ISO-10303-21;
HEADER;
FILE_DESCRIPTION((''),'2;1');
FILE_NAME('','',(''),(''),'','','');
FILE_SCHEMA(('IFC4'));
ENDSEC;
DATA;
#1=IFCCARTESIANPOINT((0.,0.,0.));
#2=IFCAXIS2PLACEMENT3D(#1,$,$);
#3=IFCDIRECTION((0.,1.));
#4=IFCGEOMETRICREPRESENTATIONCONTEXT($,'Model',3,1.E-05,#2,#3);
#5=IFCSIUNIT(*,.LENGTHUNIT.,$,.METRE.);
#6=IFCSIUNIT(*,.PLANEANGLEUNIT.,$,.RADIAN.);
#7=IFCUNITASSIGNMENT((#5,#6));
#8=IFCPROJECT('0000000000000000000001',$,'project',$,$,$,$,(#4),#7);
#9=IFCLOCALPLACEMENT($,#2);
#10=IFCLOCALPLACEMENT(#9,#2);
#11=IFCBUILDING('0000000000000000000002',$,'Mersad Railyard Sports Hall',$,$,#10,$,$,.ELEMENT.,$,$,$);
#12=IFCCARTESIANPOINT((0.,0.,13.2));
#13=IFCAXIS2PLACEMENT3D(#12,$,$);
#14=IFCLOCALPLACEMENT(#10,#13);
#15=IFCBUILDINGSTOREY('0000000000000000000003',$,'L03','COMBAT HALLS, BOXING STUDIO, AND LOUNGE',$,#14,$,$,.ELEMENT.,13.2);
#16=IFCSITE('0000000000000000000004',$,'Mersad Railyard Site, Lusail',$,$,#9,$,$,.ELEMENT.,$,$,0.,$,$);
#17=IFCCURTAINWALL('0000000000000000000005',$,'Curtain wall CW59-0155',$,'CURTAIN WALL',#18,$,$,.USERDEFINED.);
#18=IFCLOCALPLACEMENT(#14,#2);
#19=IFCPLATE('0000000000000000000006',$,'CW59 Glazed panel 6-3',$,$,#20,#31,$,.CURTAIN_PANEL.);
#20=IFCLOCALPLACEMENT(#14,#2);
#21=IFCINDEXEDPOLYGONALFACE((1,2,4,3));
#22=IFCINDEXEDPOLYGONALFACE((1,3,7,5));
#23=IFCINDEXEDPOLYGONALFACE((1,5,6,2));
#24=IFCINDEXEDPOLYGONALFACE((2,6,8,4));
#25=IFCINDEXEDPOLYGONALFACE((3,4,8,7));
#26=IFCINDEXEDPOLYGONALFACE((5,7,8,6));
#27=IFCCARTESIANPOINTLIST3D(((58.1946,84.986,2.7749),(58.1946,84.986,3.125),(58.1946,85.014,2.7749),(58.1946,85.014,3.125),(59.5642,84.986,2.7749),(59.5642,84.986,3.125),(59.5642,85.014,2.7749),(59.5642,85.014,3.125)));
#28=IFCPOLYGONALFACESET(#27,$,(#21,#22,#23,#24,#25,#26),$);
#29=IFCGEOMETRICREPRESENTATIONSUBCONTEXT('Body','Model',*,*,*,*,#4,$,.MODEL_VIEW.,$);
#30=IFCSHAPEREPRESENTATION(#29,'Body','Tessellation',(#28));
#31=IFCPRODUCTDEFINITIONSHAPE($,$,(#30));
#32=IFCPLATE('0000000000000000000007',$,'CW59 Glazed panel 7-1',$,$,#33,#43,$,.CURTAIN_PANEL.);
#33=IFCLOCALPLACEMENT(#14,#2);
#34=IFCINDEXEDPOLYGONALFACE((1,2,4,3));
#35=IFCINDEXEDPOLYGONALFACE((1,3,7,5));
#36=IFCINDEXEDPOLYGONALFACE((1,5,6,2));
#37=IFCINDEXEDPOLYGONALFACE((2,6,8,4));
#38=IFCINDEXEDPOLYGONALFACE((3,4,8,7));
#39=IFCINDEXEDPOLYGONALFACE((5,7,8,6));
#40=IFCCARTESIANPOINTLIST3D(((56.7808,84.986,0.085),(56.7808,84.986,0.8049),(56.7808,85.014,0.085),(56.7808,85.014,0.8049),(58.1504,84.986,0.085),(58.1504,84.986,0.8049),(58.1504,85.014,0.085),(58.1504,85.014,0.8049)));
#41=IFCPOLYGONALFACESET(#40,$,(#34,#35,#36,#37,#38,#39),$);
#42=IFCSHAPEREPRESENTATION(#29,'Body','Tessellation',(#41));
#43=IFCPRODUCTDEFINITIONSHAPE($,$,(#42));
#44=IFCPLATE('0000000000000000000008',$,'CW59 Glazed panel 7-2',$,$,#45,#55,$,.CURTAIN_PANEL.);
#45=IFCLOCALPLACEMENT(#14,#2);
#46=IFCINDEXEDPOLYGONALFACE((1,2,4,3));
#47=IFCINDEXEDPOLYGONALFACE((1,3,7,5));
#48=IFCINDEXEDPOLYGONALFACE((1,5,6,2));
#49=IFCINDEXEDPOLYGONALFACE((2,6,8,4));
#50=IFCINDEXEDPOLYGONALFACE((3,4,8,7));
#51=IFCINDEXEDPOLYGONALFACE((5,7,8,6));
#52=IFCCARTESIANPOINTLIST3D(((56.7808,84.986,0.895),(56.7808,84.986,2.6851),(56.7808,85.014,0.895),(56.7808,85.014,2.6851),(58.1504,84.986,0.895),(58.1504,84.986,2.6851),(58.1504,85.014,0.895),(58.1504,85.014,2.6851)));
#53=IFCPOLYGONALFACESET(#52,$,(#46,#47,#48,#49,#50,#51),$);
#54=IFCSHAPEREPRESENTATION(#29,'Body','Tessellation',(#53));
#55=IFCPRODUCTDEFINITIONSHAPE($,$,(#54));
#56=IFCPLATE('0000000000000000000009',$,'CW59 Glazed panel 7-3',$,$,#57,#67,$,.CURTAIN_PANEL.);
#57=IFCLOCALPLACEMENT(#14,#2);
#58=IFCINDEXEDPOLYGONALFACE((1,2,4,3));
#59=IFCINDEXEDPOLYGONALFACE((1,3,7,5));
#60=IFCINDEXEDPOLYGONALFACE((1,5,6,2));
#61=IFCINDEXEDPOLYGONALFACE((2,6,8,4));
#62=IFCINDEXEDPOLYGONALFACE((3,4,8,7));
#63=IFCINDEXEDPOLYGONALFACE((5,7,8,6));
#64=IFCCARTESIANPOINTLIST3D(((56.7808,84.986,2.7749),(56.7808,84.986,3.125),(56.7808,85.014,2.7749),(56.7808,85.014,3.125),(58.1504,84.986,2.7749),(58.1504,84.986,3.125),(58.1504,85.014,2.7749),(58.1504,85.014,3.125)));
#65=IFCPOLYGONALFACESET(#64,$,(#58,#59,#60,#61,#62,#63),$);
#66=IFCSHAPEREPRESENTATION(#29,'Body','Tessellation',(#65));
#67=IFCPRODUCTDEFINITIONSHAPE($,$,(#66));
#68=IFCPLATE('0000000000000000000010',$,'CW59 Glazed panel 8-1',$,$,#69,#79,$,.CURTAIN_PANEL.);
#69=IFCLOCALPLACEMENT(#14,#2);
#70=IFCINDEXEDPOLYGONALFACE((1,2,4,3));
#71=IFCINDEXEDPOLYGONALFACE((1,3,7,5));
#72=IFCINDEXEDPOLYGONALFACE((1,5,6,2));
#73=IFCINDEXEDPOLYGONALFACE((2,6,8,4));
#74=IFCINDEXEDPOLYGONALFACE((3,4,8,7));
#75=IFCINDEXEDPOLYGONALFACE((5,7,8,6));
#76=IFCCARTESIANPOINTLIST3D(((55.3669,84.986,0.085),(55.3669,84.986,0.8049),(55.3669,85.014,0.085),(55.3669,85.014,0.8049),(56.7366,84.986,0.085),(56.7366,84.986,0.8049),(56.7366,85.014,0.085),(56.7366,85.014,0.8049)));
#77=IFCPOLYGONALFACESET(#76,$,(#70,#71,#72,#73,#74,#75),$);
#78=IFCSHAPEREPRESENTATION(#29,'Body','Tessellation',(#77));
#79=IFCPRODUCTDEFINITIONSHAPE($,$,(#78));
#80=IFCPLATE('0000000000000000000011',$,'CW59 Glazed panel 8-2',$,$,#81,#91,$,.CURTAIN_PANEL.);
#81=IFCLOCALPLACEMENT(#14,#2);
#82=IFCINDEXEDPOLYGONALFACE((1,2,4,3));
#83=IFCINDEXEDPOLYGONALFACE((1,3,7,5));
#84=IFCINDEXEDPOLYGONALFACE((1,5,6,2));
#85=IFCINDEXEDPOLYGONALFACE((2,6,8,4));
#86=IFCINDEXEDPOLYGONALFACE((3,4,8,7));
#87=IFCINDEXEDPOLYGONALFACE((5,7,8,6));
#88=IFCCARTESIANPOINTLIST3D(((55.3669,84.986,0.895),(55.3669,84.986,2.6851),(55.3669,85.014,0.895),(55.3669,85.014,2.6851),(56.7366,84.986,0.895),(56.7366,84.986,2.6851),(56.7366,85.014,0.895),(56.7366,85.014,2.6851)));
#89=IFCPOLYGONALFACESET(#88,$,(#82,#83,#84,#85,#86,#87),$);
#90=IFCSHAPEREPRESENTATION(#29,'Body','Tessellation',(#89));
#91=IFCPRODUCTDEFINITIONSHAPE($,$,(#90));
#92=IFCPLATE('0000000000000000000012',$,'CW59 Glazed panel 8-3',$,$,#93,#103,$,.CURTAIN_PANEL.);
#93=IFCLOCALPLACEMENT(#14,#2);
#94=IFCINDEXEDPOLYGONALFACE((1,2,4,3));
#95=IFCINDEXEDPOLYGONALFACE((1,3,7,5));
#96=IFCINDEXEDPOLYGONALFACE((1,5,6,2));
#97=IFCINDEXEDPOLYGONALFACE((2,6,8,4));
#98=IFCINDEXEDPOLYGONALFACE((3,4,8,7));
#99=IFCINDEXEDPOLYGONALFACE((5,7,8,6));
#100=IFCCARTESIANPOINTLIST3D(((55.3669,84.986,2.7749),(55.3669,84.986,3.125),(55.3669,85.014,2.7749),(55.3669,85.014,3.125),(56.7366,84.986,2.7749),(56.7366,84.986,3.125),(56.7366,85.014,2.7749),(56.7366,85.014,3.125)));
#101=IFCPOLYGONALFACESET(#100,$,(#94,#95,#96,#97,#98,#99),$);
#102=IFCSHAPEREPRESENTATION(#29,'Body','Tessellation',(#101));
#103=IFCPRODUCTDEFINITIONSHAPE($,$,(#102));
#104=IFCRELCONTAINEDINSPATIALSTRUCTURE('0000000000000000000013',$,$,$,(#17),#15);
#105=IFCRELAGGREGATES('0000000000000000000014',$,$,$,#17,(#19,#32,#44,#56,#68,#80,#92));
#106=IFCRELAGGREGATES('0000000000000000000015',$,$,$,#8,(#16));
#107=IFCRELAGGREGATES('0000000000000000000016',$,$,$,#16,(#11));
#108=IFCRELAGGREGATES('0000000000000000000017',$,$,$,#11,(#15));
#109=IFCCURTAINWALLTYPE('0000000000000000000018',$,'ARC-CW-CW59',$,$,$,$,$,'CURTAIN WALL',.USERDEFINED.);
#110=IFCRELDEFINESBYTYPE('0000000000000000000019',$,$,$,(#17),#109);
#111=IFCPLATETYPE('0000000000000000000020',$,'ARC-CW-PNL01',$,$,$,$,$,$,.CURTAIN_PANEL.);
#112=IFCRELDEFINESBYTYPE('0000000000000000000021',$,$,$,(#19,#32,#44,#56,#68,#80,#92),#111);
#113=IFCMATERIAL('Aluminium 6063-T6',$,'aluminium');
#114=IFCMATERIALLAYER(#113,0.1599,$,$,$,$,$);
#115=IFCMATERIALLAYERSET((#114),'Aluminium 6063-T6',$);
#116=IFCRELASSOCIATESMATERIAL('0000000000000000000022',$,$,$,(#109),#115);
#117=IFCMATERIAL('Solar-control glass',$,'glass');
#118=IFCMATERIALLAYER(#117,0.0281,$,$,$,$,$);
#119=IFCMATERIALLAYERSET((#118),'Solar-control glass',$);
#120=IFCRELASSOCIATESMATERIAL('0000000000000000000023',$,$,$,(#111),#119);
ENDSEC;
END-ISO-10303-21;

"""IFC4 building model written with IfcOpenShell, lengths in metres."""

from ifc_helpers import new_model, si_unit, direction, frame, origin, origin_2d, place, context, subcontext, project, spatial, rectangle, extrude, material, layer, layer_set, type_object, element, aggregate, save


model = new_model("IFC4")

# Units and contexts
model_context = context("Model", 3, precision=1e-05, world=origin(), true_north=direction((0.0, 1.0)))
body_context = subcontext(model_context, "Body", "Model", "MODEL_VIEW")
ifc_project = project(units=[si_unit("LENGTHUNIT", "METRE"), si_unit("PLANEANGLEUNIT", "RADIAN")], contexts=[model_context])

# Site, building, storey
site_placement = place(None, origin())
site = spatial("IfcSite", under=ifc_project, at=site_placement, Name="Mersad Railyard Site, Lusail", CompositionType="ELEMENT", RefElevation=0.0)
building_placement = place(site_placement, origin())
building = spatial("IfcBuilding", under=site, at=building_placement, Name="Mersad Railyard Sports Hall", CompositionType="ELEMENT")
storey_placement = place(building_placement, frame((0.0, 0.0, 13.2)))
storey = spatial("IfcBuildingStorey", under=building, at=storey_placement, Name="L03", Description="COMBAT HALLS, BOXING STUDIO, AND LOUNGE", CompositionType="ELEMENT", Elevation=13.2)

# Curtain wall
ifc_material_1 = material(Name="Aluminium 6063-T6", Category="aluminium")
ifc_layer_1 = layer(ifc_material_1, 0.1599)
ifc_layer_set_1 = layer_set([ifc_layer_1], Name="Aluminium 6063-T6")
curtain_wall_type = type_object("IfcCurtainWallType", Name="ARC-CW-CW59", ElementType="CURTAIN WALL", PredefinedType="USERDEFINED", material=ifc_layer_set_1)
curtain_wall_placement = place(storey_placement, origin())
curtain_wall = element("IfcCurtainWall", 1, at=curtain_wall_placement, inside=storey, type_object=curtain_wall_type, Name="Curtain wall CW59-0155", ObjectType="CURTAIN WALL", PredefinedType="USERDEFINED")

# Plates
ifc_material_2 = material(Name="Solar-control glass", Category="glass")
ifc_layer_2 = layer(ifc_material_2, 0.0281)
ifc_layer_set_2 = layer_set([ifc_layer_2], Name="Solar-control glass")
plate_type = type_object("IfcPlateType", Name="ARC-CW-PNL01", PredefinedType="CURTAIN_PANEL", material=ifc_layer_set_2)
plate_1_placement = place(storey_placement, frame((58.8794, 85.0, 2.7749), z_axis=(0.0, 0.0, 1.0), x_axis=(-1.0, 0.0, 0.0)))
plate_1 = element("IfcPlate", 2, at=plate_1_placement, type_object=plate_type, Name="CW59 Glazed panel 6-3", PredefinedType="CURTAIN_PANEL", context=body_context, shape_type="SweptSolid", body=[
    extrude(rectangle(XDim=1.3696, YDim=0.0281, at=origin_2d()), origin(), (0.0, 0.0, 1.0), 0.3501),
])
plate_2_placement = place(storey_placement, frame((57.4656, 85.0, 0.085), z_axis=(0.0, 0.0, 1.0), x_axis=(-1.0, 0.0, 0.0)))
plate_2 = element("IfcPlate", 3, at=plate_2_placement, type_object=plate_type, Name="CW59 Glazed panel 7-1", PredefinedType="CURTAIN_PANEL", context=body_context, shape_type="SweptSolid", body=[
    extrude(rectangle(XDim=1.3696, YDim=0.0281, at=origin_2d()), origin(), (0.0, 0.0, 1.0), 0.72),
])
plate_3_placement = place(storey_placement, frame((57.4656, 85.0, 0.895), z_axis=(0.0, 0.0, 1.0), x_axis=(-1.0, 0.0, 0.0)))
plate_3 = element("IfcPlate", 4, at=plate_3_placement, type_object=plate_type, Name="CW59 Glazed panel 7-2", PredefinedType="CURTAIN_PANEL", context=body_context, shape_type="SweptSolid", body=[
    extrude(rectangle(XDim=1.3696, YDim=0.0281, at=origin_2d()), origin(), (0.0, 0.0, 1.0), 1.79),
])
plate_4_placement = place(storey_placement, frame((57.4656, 85.0, 2.7749), z_axis=(0.0, 0.0, 1.0), x_axis=(-1.0, 0.0, 0.0)))
plate_4 = element("IfcPlate", 5, at=plate_4_placement, type_object=plate_type, Name="CW59 Glazed panel 7-3", PredefinedType="CURTAIN_PANEL", context=body_context, shape_type="SweptSolid", body=[
    extrude(rectangle(XDim=1.3696, YDim=0.0281, at=origin_2d()), origin(), (0.0, 0.0, 1.0), 0.3501),
])
plate_5_placement = place(storey_placement, frame((56.0518, 85.0, 0.085), z_axis=(0.0, 0.0, 1.0), x_axis=(-1.0, 0.0, 0.0)))
plate_5 = element("IfcPlate", 6, at=plate_5_placement, type_object=plate_type, Name="CW59 Glazed panel 8-1", PredefinedType="CURTAIN_PANEL", context=body_context, shape_type="SweptSolid", body=[
    extrude(rectangle(XDim=1.3696, YDim=0.0281, at=origin_2d()), origin(), (0.0, 0.0, 1.0), 0.72),
])
plate_6_placement = place(storey_placement, frame((56.0518, 85.0, 0.895), z_axis=(0.0, 0.0, 1.0), x_axis=(-1.0, 0.0, 0.0)))
plate_6 = element("IfcPlate", 7, at=plate_6_placement, type_object=plate_type, Name="CW59 Glazed panel 8-2", PredefinedType="CURTAIN_PANEL", context=body_context, shape_type="SweptSolid", body=[
    extrude(rectangle(XDim=1.3696, YDim=0.0281, at=origin_2d()), origin(), (0.0, 0.0, 1.0), 1.79),
])
plate_7_placement = place(storey_placement, frame((56.0518, 85.0, 2.7749), z_axis=(0.0, 0.0, 1.0), x_axis=(-1.0, 0.0, 0.0)))
plate_7 = element("IfcPlate", 8, at=plate_7_placement, type_object=plate_type, Name="CW59 Glazed panel 8-3", PredefinedType="CURTAIN_PANEL", context=body_context, shape_type="SweptSolid", body=[
    extrude(rectangle(XDim=1.3696, YDim=0.0281, at=origin_2d()), origin(), (0.0, 0.0, 1.0), 0.3501),
])
aggregate(curtain_wall, [plate_1, plate_2, plate_3, plate_4, plate_5, plate_6, plate_7])

save(model, "model.ifc")
